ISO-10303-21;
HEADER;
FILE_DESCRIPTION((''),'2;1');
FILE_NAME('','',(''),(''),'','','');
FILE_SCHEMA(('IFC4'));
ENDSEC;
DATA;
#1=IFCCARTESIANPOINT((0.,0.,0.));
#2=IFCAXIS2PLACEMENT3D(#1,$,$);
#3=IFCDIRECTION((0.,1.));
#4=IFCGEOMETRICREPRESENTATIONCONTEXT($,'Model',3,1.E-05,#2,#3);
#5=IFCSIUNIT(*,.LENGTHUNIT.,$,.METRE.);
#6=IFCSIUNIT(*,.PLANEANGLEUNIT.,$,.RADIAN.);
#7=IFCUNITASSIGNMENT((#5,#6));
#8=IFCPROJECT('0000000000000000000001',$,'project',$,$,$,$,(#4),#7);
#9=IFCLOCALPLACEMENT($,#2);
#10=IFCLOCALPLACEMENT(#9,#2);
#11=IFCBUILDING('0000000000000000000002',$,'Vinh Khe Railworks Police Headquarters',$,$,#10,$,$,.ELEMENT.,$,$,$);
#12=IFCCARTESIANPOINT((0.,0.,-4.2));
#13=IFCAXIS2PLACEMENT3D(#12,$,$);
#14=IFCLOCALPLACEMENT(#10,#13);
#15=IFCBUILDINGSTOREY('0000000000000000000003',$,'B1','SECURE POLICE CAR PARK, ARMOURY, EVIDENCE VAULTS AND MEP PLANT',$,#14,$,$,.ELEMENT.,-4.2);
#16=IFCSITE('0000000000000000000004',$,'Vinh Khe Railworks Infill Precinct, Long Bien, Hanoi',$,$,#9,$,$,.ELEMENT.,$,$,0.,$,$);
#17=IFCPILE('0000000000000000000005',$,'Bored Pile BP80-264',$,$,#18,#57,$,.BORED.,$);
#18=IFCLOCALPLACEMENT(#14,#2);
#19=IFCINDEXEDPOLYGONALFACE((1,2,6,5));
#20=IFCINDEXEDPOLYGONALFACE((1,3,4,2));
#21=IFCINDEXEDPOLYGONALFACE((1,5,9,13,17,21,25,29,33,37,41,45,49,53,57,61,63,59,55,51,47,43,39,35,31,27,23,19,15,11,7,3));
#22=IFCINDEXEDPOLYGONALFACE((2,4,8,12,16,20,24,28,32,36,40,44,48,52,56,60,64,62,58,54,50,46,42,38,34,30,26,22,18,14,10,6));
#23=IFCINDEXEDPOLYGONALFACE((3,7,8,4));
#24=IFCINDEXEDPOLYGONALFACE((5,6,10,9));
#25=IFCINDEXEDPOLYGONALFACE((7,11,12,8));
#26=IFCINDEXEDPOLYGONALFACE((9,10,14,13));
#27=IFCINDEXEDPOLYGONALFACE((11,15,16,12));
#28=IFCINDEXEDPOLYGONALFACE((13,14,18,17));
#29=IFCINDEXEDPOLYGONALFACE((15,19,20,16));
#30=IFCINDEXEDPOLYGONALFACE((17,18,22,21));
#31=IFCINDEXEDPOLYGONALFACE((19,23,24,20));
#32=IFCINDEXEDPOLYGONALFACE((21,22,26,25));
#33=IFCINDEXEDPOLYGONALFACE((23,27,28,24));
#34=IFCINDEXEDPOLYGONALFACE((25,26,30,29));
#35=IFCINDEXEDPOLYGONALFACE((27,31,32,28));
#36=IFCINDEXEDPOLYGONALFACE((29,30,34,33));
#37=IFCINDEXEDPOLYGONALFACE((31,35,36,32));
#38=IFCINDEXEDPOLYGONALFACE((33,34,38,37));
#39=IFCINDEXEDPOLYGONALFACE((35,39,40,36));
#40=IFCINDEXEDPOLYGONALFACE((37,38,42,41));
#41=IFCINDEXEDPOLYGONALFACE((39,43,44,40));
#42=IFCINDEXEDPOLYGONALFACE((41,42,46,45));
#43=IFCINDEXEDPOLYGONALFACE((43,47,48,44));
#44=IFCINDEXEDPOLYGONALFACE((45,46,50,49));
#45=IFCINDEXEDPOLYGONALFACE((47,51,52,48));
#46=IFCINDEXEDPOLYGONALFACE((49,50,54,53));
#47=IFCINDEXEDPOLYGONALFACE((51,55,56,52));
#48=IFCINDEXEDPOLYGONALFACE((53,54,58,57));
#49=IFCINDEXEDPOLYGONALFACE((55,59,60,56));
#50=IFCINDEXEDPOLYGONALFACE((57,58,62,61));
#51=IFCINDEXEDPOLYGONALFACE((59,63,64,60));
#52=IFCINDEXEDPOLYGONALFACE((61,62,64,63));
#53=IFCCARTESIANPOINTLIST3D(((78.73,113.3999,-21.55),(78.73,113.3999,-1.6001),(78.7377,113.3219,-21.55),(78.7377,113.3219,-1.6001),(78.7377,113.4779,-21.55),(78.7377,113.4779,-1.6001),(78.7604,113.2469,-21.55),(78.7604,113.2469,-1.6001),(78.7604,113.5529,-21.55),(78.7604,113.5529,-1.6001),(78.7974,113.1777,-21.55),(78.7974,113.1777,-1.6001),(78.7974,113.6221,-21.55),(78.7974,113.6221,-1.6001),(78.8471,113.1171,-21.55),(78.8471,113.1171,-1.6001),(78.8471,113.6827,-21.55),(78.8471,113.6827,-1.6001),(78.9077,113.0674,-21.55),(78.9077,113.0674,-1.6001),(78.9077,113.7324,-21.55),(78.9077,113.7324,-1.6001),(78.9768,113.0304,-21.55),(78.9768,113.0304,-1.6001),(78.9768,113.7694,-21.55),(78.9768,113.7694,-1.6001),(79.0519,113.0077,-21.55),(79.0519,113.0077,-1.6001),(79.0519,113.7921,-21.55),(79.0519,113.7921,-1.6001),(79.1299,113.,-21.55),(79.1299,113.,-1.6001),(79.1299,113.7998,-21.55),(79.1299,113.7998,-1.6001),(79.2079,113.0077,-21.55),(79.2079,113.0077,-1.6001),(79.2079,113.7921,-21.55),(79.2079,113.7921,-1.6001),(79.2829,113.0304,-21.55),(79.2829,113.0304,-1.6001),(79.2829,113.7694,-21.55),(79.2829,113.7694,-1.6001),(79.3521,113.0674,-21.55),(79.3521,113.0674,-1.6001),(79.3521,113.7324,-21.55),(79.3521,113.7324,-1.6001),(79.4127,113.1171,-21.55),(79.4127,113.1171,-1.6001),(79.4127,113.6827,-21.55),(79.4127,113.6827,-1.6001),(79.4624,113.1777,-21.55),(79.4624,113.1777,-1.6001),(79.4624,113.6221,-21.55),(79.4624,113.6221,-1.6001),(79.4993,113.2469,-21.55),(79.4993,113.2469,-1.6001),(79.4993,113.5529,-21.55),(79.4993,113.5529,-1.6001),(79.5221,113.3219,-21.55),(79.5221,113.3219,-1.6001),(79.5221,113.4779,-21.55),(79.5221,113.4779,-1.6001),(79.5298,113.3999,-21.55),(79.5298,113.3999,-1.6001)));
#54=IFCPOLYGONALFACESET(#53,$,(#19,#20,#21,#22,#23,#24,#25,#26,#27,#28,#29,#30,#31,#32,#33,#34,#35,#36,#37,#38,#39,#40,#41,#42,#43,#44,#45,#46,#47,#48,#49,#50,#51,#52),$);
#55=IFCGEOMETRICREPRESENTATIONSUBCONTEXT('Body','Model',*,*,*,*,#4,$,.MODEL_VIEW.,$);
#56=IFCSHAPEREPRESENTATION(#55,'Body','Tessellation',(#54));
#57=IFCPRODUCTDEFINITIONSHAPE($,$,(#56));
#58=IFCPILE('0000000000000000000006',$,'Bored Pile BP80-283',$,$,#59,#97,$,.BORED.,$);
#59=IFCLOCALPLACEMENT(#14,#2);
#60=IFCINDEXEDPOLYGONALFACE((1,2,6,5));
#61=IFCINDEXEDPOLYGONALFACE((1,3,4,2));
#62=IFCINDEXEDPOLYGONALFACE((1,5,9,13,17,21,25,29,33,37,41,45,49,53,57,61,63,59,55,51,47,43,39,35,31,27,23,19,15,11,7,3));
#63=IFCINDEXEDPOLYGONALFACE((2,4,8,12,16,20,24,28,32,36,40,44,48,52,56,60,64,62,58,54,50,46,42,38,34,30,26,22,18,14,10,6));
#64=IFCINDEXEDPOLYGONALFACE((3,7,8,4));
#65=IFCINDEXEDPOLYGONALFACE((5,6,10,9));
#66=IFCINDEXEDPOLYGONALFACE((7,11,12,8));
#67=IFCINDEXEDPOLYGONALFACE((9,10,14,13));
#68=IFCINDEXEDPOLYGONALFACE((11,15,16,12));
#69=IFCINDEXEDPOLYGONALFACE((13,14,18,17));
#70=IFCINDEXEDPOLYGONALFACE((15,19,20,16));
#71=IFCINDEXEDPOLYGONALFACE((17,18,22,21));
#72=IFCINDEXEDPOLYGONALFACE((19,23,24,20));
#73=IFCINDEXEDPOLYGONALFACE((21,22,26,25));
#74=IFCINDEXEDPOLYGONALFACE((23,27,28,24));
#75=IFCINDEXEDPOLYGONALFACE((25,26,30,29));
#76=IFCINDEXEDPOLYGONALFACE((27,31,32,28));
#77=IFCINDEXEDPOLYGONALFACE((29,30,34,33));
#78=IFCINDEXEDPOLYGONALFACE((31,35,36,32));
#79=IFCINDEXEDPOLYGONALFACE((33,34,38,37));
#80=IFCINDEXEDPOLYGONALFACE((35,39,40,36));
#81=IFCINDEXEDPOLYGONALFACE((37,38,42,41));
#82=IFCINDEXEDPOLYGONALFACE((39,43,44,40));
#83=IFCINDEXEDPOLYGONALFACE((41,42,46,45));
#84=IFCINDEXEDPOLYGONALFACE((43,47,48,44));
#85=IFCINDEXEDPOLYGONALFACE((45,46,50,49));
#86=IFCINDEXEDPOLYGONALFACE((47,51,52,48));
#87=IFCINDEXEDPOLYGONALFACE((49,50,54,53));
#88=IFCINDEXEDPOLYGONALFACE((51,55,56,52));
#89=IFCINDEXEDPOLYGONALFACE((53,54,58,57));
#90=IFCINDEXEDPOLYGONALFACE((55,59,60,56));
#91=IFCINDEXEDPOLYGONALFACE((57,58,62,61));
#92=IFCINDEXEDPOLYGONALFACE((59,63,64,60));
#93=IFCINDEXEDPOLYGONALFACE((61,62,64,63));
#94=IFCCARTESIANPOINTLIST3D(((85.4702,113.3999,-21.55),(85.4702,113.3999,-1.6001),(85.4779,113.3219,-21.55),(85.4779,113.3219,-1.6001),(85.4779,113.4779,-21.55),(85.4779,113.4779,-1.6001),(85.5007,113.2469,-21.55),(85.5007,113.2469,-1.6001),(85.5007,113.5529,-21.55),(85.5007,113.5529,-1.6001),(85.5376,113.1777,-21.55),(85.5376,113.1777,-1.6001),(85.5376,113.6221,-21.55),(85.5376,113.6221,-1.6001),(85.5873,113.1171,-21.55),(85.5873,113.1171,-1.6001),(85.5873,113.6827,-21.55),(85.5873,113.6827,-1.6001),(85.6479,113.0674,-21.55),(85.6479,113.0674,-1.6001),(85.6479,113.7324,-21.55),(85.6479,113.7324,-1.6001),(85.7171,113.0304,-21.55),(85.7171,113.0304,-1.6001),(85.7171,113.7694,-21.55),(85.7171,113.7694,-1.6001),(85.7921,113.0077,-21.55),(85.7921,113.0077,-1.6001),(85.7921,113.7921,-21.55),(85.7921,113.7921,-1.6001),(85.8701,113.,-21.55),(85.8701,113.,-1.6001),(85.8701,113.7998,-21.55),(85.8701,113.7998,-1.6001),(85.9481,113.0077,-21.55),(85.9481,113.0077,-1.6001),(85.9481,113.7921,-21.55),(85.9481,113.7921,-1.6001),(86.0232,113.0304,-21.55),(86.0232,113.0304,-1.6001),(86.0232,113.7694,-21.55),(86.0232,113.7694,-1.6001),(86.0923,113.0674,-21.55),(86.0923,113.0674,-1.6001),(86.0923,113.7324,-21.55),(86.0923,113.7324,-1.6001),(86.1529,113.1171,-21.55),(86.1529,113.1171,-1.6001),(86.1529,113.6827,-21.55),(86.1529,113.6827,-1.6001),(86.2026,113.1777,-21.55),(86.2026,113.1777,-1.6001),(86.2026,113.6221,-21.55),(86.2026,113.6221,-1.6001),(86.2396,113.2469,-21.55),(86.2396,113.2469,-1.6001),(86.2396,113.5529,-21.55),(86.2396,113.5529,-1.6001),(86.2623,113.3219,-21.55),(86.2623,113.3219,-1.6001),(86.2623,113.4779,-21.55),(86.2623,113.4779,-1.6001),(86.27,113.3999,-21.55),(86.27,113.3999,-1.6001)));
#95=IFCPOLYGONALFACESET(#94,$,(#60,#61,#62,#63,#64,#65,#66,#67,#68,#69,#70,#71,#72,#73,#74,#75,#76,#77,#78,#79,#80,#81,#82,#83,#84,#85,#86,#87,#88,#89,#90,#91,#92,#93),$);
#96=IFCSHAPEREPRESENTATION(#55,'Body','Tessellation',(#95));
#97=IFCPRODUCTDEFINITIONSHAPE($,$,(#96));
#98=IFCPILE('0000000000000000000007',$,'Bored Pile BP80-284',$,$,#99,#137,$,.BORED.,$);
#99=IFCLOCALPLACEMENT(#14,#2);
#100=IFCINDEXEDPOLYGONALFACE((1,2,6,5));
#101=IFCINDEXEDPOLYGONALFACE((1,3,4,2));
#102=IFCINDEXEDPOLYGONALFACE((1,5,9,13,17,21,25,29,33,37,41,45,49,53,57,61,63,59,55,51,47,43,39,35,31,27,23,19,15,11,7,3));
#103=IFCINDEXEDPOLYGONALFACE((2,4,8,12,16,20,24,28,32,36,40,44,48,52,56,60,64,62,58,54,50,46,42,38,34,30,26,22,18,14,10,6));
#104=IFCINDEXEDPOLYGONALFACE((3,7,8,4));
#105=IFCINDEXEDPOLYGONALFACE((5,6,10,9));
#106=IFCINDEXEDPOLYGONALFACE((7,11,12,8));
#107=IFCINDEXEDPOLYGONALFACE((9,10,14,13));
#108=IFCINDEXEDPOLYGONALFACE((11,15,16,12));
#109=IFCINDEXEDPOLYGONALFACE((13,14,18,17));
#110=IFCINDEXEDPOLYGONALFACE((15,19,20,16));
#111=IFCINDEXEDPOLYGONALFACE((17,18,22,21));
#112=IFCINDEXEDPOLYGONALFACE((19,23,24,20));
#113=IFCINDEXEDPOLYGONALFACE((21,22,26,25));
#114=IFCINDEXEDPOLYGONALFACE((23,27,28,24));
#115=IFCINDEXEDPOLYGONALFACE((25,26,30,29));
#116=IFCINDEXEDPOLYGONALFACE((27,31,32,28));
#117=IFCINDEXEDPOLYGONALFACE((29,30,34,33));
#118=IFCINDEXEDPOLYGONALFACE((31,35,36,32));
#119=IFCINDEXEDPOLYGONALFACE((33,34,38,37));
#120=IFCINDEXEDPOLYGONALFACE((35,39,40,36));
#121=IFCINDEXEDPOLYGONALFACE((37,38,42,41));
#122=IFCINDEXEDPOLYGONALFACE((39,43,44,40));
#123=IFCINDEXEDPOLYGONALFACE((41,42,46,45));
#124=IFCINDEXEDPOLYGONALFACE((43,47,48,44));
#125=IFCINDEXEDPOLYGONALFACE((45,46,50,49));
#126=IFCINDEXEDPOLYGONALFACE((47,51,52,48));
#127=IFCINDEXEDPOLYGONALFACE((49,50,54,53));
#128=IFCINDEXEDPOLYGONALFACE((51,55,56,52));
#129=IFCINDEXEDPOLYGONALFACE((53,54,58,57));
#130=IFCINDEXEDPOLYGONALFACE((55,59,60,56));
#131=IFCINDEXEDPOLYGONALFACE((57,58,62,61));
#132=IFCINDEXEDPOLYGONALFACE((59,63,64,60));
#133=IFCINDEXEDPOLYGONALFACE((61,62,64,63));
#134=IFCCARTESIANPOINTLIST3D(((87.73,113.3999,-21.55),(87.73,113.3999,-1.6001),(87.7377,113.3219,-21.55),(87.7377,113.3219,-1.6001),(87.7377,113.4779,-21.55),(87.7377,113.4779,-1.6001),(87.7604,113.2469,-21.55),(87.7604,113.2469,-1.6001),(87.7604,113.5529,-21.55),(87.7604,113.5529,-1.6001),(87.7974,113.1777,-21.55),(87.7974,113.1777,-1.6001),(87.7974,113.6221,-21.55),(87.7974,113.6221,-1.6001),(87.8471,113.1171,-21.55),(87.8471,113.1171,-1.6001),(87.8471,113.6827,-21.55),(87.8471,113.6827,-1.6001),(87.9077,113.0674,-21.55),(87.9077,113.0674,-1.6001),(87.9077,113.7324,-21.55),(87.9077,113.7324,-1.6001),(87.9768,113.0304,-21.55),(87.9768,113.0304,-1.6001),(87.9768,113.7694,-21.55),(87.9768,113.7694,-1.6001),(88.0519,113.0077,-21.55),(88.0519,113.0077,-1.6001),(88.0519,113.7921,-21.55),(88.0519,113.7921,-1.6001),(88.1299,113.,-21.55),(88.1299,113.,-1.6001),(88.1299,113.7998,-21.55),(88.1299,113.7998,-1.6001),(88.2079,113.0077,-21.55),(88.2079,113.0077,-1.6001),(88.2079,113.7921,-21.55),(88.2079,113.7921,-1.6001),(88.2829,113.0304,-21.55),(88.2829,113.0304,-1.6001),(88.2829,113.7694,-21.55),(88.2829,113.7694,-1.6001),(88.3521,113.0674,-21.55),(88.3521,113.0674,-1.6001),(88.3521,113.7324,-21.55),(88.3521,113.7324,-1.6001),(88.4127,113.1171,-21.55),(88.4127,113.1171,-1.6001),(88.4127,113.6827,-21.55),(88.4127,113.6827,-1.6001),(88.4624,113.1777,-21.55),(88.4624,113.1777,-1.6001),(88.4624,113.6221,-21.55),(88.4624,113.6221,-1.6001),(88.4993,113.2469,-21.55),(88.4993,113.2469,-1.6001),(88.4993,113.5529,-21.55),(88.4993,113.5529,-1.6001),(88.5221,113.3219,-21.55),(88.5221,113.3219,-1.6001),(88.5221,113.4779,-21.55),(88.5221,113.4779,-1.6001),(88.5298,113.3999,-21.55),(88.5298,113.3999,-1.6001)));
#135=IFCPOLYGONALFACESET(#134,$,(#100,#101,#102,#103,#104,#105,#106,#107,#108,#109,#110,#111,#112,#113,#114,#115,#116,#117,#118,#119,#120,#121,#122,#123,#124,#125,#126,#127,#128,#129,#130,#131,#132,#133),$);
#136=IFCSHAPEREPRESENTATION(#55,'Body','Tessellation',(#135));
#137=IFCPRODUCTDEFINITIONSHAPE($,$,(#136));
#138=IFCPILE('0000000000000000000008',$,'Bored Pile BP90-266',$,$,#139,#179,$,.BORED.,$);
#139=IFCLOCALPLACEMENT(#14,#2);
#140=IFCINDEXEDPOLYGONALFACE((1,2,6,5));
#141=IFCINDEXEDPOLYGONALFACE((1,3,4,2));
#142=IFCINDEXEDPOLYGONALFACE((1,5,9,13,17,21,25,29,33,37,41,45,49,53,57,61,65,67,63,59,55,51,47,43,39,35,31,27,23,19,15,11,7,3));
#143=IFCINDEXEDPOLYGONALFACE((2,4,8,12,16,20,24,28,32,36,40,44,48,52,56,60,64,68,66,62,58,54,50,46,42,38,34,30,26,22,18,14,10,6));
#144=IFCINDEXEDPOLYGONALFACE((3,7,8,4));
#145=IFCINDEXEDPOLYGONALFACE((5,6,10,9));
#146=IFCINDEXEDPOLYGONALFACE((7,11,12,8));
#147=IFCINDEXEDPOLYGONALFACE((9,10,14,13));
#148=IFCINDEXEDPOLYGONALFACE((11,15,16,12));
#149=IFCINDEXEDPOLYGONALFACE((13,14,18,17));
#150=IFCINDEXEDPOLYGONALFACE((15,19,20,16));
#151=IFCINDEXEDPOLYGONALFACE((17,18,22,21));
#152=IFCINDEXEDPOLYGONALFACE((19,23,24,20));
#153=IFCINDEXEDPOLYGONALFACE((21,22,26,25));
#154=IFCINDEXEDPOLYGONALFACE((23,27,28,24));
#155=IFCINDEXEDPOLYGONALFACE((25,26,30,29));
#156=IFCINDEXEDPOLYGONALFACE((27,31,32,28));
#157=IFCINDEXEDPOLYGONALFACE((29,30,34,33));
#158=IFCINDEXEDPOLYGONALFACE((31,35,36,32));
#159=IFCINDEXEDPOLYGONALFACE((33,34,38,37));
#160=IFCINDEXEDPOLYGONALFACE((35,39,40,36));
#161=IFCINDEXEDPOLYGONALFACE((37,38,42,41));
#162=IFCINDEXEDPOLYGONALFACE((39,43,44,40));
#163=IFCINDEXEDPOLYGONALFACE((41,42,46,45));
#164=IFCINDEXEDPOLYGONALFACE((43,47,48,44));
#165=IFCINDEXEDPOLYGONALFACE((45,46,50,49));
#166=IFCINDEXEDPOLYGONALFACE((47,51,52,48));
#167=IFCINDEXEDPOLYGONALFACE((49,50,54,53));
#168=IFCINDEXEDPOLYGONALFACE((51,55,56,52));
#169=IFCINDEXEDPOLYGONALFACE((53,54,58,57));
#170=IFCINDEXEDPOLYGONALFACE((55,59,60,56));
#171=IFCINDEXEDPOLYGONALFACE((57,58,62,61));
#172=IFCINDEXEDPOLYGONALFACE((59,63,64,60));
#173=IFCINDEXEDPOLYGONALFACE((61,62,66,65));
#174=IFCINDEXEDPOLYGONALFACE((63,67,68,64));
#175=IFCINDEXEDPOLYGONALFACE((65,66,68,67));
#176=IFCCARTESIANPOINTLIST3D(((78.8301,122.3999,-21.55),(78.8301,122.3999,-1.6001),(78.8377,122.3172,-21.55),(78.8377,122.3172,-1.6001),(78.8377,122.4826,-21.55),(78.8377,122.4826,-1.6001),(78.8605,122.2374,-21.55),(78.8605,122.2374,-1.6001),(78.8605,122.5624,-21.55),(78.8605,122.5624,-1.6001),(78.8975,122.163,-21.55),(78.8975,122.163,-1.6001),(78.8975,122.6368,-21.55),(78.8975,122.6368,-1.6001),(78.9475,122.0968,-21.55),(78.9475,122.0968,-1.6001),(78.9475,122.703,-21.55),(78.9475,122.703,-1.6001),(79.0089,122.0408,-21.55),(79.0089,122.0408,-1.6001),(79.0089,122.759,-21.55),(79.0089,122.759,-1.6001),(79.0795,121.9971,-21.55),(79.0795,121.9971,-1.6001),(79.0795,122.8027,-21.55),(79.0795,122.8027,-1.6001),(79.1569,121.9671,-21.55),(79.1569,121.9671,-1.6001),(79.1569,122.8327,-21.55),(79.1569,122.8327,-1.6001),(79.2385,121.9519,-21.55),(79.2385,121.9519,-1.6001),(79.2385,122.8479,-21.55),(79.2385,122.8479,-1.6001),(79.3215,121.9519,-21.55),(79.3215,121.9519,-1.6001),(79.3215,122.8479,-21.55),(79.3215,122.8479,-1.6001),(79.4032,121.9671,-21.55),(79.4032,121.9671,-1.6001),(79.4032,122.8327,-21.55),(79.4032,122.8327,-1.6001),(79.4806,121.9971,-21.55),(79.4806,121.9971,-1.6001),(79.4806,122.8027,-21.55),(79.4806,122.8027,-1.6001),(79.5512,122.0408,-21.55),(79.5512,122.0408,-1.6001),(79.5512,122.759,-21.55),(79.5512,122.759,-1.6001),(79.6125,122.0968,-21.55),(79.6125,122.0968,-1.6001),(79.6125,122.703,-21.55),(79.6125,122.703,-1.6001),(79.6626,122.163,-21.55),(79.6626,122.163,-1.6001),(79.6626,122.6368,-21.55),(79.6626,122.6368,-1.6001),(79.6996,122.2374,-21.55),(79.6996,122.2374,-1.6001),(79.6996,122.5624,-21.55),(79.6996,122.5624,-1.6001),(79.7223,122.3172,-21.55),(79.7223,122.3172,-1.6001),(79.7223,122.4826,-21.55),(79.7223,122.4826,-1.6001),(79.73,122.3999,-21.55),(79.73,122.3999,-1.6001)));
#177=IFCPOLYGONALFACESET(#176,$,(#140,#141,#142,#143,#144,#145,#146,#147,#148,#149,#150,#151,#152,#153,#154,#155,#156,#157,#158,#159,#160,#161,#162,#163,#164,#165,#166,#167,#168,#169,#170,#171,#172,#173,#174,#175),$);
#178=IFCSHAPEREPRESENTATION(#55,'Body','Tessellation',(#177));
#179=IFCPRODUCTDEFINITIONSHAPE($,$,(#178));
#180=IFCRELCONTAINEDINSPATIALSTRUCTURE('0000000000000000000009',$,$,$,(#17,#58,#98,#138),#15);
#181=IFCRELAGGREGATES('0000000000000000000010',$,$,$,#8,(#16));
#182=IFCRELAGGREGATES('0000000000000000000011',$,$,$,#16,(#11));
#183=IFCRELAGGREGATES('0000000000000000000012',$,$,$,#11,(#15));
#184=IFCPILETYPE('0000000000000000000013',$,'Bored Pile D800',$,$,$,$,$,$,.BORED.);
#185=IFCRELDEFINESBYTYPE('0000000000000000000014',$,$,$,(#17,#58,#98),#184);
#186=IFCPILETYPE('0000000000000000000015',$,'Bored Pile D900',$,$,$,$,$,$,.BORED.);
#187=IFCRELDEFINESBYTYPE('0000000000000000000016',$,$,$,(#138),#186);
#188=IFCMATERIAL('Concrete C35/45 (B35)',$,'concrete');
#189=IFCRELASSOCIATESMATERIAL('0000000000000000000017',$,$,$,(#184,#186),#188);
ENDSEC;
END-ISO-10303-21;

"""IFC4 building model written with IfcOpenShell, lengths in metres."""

from ifc_helpers import new_model, si_unit, direction, frame, origin, origin_2d, place, context, subcontext, project, spatial, circle, extrude, material, material_profile, profile_set, type_object, element, save


model = new_model("IFC4")

# Units and contexts
model_context = context("Model", 3, precision=1e-05, world=origin(), true_north=direction((0.0, 1.0)))
body_context = subcontext(model_context, "Body", "Model", "MODEL_VIEW")
ifc_project = project(units=[si_unit("LENGTHUNIT", "METRE"), si_unit("PLANEANGLEUNIT", "RADIAN")], contexts=[model_context])

# Site, building, storey
site_placement = place(None, origin())
site = spatial("IfcSite", under=ifc_project, at=site_placement, Name="Vinh Khe Railworks Infill Precinct, Long Bien, Hanoi", CompositionType="ELEMENT", RefElevation=0.0)
building_placement = place(site_placement, origin())
building = spatial("IfcBuilding", under=site, at=building_placement, Name="Vinh Khe Railworks Police Headquarters", CompositionType="ELEMENT")
storey_placement = place(building_placement, frame((0.0, 0.0, -4.2)))
storey = spatial("IfcBuildingStorey", under=building, at=storey_placement, Name="B1", Description="SECURE POLICE CAR PARK, ARMOURY, EVIDENCE VAULTS AND MEP PLANT", CompositionType="ELEMENT", Elevation=-4.2)

# Piles
ifc_material_1 = material(Name="Concrete C35/45 (B35)", Category="concrete")
ifc_material_profile_1 = material_profile(ifc_material_1, circle(Radius=0.3999, at=origin_2d()), Name="BORED PILE D800")
ifc_profile_set_1 = profile_set([ifc_material_profile_1], Name="Concrete C35/45 (B35)")
pile_type_1 = type_object("IfcPileType", Name="Bored Pile D800", PredefinedType="BORED", material=ifc_profile_set_1)
for number, where, z_axis, x_axis, name in (
    (1, (79.1299, 113.3999, -1.6001), (0.0, 0.0, -1.0), (1.0, 0.0, 0.0), "Bored Pile BP80-264"),
    (2, (85.8701, 113.3999, -1.6001), (0.0, 0.0, -1.0), (1.0, 0.0, 0.0), "Bored Pile BP80-283"),
    (3, (88.1299, 113.3999, -1.6001), (0.0, 0.0, -1.0), (1.0, 0.0, 0.0), "Bored Pile BP80-284"),
):
    element("IfcPile", number, at=place(storey_placement, frame(where, z_axis=z_axis, x_axis=x_axis)), inside=storey, type_object=pile_type_1, Name=name, PredefinedType="BORED", context=body_context, shape_type="SweptSolid", body=[
        extrude(circle(Radius=0.3999, at=origin_2d()), origin(), (0.0, 0.0, 1.0), 19.95),
    ])
ifc_material_profile_2 = material_profile(ifc_material_1, circle(Radius=0.45, at=origin_2d()), Name="BORED PILE D900")
ifc_profile_set_2 = profile_set([ifc_material_profile_2], Name="Concrete C35/45 (B35)")
pile_type_2 = type_object("IfcPileType", Name="Bored Pile D900", PredefinedType="BORED", material=ifc_profile_set_2)
for number, where, z_axis, x_axis, name in (
    (4, (79.28, 122.3999, -1.6001), (0.0, 0.0, -1.0), (1.0, 0.0, 0.0), "Bored Pile BP90-266"),
):
    element("IfcPile", number, at=place(storey_placement, frame(where, z_axis=z_axis, x_axis=x_axis)), inside=storey, type_object=pile_type_2, Name=name, PredefinedType="BORED", context=body_context, shape_type="SweptSolid", body=[
        extrude(circle(Radius=0.45, at=origin_2d()), origin(), (0.0, 0.0, 1.0), 19.95),
    ])

save(model, "model.ifc")
